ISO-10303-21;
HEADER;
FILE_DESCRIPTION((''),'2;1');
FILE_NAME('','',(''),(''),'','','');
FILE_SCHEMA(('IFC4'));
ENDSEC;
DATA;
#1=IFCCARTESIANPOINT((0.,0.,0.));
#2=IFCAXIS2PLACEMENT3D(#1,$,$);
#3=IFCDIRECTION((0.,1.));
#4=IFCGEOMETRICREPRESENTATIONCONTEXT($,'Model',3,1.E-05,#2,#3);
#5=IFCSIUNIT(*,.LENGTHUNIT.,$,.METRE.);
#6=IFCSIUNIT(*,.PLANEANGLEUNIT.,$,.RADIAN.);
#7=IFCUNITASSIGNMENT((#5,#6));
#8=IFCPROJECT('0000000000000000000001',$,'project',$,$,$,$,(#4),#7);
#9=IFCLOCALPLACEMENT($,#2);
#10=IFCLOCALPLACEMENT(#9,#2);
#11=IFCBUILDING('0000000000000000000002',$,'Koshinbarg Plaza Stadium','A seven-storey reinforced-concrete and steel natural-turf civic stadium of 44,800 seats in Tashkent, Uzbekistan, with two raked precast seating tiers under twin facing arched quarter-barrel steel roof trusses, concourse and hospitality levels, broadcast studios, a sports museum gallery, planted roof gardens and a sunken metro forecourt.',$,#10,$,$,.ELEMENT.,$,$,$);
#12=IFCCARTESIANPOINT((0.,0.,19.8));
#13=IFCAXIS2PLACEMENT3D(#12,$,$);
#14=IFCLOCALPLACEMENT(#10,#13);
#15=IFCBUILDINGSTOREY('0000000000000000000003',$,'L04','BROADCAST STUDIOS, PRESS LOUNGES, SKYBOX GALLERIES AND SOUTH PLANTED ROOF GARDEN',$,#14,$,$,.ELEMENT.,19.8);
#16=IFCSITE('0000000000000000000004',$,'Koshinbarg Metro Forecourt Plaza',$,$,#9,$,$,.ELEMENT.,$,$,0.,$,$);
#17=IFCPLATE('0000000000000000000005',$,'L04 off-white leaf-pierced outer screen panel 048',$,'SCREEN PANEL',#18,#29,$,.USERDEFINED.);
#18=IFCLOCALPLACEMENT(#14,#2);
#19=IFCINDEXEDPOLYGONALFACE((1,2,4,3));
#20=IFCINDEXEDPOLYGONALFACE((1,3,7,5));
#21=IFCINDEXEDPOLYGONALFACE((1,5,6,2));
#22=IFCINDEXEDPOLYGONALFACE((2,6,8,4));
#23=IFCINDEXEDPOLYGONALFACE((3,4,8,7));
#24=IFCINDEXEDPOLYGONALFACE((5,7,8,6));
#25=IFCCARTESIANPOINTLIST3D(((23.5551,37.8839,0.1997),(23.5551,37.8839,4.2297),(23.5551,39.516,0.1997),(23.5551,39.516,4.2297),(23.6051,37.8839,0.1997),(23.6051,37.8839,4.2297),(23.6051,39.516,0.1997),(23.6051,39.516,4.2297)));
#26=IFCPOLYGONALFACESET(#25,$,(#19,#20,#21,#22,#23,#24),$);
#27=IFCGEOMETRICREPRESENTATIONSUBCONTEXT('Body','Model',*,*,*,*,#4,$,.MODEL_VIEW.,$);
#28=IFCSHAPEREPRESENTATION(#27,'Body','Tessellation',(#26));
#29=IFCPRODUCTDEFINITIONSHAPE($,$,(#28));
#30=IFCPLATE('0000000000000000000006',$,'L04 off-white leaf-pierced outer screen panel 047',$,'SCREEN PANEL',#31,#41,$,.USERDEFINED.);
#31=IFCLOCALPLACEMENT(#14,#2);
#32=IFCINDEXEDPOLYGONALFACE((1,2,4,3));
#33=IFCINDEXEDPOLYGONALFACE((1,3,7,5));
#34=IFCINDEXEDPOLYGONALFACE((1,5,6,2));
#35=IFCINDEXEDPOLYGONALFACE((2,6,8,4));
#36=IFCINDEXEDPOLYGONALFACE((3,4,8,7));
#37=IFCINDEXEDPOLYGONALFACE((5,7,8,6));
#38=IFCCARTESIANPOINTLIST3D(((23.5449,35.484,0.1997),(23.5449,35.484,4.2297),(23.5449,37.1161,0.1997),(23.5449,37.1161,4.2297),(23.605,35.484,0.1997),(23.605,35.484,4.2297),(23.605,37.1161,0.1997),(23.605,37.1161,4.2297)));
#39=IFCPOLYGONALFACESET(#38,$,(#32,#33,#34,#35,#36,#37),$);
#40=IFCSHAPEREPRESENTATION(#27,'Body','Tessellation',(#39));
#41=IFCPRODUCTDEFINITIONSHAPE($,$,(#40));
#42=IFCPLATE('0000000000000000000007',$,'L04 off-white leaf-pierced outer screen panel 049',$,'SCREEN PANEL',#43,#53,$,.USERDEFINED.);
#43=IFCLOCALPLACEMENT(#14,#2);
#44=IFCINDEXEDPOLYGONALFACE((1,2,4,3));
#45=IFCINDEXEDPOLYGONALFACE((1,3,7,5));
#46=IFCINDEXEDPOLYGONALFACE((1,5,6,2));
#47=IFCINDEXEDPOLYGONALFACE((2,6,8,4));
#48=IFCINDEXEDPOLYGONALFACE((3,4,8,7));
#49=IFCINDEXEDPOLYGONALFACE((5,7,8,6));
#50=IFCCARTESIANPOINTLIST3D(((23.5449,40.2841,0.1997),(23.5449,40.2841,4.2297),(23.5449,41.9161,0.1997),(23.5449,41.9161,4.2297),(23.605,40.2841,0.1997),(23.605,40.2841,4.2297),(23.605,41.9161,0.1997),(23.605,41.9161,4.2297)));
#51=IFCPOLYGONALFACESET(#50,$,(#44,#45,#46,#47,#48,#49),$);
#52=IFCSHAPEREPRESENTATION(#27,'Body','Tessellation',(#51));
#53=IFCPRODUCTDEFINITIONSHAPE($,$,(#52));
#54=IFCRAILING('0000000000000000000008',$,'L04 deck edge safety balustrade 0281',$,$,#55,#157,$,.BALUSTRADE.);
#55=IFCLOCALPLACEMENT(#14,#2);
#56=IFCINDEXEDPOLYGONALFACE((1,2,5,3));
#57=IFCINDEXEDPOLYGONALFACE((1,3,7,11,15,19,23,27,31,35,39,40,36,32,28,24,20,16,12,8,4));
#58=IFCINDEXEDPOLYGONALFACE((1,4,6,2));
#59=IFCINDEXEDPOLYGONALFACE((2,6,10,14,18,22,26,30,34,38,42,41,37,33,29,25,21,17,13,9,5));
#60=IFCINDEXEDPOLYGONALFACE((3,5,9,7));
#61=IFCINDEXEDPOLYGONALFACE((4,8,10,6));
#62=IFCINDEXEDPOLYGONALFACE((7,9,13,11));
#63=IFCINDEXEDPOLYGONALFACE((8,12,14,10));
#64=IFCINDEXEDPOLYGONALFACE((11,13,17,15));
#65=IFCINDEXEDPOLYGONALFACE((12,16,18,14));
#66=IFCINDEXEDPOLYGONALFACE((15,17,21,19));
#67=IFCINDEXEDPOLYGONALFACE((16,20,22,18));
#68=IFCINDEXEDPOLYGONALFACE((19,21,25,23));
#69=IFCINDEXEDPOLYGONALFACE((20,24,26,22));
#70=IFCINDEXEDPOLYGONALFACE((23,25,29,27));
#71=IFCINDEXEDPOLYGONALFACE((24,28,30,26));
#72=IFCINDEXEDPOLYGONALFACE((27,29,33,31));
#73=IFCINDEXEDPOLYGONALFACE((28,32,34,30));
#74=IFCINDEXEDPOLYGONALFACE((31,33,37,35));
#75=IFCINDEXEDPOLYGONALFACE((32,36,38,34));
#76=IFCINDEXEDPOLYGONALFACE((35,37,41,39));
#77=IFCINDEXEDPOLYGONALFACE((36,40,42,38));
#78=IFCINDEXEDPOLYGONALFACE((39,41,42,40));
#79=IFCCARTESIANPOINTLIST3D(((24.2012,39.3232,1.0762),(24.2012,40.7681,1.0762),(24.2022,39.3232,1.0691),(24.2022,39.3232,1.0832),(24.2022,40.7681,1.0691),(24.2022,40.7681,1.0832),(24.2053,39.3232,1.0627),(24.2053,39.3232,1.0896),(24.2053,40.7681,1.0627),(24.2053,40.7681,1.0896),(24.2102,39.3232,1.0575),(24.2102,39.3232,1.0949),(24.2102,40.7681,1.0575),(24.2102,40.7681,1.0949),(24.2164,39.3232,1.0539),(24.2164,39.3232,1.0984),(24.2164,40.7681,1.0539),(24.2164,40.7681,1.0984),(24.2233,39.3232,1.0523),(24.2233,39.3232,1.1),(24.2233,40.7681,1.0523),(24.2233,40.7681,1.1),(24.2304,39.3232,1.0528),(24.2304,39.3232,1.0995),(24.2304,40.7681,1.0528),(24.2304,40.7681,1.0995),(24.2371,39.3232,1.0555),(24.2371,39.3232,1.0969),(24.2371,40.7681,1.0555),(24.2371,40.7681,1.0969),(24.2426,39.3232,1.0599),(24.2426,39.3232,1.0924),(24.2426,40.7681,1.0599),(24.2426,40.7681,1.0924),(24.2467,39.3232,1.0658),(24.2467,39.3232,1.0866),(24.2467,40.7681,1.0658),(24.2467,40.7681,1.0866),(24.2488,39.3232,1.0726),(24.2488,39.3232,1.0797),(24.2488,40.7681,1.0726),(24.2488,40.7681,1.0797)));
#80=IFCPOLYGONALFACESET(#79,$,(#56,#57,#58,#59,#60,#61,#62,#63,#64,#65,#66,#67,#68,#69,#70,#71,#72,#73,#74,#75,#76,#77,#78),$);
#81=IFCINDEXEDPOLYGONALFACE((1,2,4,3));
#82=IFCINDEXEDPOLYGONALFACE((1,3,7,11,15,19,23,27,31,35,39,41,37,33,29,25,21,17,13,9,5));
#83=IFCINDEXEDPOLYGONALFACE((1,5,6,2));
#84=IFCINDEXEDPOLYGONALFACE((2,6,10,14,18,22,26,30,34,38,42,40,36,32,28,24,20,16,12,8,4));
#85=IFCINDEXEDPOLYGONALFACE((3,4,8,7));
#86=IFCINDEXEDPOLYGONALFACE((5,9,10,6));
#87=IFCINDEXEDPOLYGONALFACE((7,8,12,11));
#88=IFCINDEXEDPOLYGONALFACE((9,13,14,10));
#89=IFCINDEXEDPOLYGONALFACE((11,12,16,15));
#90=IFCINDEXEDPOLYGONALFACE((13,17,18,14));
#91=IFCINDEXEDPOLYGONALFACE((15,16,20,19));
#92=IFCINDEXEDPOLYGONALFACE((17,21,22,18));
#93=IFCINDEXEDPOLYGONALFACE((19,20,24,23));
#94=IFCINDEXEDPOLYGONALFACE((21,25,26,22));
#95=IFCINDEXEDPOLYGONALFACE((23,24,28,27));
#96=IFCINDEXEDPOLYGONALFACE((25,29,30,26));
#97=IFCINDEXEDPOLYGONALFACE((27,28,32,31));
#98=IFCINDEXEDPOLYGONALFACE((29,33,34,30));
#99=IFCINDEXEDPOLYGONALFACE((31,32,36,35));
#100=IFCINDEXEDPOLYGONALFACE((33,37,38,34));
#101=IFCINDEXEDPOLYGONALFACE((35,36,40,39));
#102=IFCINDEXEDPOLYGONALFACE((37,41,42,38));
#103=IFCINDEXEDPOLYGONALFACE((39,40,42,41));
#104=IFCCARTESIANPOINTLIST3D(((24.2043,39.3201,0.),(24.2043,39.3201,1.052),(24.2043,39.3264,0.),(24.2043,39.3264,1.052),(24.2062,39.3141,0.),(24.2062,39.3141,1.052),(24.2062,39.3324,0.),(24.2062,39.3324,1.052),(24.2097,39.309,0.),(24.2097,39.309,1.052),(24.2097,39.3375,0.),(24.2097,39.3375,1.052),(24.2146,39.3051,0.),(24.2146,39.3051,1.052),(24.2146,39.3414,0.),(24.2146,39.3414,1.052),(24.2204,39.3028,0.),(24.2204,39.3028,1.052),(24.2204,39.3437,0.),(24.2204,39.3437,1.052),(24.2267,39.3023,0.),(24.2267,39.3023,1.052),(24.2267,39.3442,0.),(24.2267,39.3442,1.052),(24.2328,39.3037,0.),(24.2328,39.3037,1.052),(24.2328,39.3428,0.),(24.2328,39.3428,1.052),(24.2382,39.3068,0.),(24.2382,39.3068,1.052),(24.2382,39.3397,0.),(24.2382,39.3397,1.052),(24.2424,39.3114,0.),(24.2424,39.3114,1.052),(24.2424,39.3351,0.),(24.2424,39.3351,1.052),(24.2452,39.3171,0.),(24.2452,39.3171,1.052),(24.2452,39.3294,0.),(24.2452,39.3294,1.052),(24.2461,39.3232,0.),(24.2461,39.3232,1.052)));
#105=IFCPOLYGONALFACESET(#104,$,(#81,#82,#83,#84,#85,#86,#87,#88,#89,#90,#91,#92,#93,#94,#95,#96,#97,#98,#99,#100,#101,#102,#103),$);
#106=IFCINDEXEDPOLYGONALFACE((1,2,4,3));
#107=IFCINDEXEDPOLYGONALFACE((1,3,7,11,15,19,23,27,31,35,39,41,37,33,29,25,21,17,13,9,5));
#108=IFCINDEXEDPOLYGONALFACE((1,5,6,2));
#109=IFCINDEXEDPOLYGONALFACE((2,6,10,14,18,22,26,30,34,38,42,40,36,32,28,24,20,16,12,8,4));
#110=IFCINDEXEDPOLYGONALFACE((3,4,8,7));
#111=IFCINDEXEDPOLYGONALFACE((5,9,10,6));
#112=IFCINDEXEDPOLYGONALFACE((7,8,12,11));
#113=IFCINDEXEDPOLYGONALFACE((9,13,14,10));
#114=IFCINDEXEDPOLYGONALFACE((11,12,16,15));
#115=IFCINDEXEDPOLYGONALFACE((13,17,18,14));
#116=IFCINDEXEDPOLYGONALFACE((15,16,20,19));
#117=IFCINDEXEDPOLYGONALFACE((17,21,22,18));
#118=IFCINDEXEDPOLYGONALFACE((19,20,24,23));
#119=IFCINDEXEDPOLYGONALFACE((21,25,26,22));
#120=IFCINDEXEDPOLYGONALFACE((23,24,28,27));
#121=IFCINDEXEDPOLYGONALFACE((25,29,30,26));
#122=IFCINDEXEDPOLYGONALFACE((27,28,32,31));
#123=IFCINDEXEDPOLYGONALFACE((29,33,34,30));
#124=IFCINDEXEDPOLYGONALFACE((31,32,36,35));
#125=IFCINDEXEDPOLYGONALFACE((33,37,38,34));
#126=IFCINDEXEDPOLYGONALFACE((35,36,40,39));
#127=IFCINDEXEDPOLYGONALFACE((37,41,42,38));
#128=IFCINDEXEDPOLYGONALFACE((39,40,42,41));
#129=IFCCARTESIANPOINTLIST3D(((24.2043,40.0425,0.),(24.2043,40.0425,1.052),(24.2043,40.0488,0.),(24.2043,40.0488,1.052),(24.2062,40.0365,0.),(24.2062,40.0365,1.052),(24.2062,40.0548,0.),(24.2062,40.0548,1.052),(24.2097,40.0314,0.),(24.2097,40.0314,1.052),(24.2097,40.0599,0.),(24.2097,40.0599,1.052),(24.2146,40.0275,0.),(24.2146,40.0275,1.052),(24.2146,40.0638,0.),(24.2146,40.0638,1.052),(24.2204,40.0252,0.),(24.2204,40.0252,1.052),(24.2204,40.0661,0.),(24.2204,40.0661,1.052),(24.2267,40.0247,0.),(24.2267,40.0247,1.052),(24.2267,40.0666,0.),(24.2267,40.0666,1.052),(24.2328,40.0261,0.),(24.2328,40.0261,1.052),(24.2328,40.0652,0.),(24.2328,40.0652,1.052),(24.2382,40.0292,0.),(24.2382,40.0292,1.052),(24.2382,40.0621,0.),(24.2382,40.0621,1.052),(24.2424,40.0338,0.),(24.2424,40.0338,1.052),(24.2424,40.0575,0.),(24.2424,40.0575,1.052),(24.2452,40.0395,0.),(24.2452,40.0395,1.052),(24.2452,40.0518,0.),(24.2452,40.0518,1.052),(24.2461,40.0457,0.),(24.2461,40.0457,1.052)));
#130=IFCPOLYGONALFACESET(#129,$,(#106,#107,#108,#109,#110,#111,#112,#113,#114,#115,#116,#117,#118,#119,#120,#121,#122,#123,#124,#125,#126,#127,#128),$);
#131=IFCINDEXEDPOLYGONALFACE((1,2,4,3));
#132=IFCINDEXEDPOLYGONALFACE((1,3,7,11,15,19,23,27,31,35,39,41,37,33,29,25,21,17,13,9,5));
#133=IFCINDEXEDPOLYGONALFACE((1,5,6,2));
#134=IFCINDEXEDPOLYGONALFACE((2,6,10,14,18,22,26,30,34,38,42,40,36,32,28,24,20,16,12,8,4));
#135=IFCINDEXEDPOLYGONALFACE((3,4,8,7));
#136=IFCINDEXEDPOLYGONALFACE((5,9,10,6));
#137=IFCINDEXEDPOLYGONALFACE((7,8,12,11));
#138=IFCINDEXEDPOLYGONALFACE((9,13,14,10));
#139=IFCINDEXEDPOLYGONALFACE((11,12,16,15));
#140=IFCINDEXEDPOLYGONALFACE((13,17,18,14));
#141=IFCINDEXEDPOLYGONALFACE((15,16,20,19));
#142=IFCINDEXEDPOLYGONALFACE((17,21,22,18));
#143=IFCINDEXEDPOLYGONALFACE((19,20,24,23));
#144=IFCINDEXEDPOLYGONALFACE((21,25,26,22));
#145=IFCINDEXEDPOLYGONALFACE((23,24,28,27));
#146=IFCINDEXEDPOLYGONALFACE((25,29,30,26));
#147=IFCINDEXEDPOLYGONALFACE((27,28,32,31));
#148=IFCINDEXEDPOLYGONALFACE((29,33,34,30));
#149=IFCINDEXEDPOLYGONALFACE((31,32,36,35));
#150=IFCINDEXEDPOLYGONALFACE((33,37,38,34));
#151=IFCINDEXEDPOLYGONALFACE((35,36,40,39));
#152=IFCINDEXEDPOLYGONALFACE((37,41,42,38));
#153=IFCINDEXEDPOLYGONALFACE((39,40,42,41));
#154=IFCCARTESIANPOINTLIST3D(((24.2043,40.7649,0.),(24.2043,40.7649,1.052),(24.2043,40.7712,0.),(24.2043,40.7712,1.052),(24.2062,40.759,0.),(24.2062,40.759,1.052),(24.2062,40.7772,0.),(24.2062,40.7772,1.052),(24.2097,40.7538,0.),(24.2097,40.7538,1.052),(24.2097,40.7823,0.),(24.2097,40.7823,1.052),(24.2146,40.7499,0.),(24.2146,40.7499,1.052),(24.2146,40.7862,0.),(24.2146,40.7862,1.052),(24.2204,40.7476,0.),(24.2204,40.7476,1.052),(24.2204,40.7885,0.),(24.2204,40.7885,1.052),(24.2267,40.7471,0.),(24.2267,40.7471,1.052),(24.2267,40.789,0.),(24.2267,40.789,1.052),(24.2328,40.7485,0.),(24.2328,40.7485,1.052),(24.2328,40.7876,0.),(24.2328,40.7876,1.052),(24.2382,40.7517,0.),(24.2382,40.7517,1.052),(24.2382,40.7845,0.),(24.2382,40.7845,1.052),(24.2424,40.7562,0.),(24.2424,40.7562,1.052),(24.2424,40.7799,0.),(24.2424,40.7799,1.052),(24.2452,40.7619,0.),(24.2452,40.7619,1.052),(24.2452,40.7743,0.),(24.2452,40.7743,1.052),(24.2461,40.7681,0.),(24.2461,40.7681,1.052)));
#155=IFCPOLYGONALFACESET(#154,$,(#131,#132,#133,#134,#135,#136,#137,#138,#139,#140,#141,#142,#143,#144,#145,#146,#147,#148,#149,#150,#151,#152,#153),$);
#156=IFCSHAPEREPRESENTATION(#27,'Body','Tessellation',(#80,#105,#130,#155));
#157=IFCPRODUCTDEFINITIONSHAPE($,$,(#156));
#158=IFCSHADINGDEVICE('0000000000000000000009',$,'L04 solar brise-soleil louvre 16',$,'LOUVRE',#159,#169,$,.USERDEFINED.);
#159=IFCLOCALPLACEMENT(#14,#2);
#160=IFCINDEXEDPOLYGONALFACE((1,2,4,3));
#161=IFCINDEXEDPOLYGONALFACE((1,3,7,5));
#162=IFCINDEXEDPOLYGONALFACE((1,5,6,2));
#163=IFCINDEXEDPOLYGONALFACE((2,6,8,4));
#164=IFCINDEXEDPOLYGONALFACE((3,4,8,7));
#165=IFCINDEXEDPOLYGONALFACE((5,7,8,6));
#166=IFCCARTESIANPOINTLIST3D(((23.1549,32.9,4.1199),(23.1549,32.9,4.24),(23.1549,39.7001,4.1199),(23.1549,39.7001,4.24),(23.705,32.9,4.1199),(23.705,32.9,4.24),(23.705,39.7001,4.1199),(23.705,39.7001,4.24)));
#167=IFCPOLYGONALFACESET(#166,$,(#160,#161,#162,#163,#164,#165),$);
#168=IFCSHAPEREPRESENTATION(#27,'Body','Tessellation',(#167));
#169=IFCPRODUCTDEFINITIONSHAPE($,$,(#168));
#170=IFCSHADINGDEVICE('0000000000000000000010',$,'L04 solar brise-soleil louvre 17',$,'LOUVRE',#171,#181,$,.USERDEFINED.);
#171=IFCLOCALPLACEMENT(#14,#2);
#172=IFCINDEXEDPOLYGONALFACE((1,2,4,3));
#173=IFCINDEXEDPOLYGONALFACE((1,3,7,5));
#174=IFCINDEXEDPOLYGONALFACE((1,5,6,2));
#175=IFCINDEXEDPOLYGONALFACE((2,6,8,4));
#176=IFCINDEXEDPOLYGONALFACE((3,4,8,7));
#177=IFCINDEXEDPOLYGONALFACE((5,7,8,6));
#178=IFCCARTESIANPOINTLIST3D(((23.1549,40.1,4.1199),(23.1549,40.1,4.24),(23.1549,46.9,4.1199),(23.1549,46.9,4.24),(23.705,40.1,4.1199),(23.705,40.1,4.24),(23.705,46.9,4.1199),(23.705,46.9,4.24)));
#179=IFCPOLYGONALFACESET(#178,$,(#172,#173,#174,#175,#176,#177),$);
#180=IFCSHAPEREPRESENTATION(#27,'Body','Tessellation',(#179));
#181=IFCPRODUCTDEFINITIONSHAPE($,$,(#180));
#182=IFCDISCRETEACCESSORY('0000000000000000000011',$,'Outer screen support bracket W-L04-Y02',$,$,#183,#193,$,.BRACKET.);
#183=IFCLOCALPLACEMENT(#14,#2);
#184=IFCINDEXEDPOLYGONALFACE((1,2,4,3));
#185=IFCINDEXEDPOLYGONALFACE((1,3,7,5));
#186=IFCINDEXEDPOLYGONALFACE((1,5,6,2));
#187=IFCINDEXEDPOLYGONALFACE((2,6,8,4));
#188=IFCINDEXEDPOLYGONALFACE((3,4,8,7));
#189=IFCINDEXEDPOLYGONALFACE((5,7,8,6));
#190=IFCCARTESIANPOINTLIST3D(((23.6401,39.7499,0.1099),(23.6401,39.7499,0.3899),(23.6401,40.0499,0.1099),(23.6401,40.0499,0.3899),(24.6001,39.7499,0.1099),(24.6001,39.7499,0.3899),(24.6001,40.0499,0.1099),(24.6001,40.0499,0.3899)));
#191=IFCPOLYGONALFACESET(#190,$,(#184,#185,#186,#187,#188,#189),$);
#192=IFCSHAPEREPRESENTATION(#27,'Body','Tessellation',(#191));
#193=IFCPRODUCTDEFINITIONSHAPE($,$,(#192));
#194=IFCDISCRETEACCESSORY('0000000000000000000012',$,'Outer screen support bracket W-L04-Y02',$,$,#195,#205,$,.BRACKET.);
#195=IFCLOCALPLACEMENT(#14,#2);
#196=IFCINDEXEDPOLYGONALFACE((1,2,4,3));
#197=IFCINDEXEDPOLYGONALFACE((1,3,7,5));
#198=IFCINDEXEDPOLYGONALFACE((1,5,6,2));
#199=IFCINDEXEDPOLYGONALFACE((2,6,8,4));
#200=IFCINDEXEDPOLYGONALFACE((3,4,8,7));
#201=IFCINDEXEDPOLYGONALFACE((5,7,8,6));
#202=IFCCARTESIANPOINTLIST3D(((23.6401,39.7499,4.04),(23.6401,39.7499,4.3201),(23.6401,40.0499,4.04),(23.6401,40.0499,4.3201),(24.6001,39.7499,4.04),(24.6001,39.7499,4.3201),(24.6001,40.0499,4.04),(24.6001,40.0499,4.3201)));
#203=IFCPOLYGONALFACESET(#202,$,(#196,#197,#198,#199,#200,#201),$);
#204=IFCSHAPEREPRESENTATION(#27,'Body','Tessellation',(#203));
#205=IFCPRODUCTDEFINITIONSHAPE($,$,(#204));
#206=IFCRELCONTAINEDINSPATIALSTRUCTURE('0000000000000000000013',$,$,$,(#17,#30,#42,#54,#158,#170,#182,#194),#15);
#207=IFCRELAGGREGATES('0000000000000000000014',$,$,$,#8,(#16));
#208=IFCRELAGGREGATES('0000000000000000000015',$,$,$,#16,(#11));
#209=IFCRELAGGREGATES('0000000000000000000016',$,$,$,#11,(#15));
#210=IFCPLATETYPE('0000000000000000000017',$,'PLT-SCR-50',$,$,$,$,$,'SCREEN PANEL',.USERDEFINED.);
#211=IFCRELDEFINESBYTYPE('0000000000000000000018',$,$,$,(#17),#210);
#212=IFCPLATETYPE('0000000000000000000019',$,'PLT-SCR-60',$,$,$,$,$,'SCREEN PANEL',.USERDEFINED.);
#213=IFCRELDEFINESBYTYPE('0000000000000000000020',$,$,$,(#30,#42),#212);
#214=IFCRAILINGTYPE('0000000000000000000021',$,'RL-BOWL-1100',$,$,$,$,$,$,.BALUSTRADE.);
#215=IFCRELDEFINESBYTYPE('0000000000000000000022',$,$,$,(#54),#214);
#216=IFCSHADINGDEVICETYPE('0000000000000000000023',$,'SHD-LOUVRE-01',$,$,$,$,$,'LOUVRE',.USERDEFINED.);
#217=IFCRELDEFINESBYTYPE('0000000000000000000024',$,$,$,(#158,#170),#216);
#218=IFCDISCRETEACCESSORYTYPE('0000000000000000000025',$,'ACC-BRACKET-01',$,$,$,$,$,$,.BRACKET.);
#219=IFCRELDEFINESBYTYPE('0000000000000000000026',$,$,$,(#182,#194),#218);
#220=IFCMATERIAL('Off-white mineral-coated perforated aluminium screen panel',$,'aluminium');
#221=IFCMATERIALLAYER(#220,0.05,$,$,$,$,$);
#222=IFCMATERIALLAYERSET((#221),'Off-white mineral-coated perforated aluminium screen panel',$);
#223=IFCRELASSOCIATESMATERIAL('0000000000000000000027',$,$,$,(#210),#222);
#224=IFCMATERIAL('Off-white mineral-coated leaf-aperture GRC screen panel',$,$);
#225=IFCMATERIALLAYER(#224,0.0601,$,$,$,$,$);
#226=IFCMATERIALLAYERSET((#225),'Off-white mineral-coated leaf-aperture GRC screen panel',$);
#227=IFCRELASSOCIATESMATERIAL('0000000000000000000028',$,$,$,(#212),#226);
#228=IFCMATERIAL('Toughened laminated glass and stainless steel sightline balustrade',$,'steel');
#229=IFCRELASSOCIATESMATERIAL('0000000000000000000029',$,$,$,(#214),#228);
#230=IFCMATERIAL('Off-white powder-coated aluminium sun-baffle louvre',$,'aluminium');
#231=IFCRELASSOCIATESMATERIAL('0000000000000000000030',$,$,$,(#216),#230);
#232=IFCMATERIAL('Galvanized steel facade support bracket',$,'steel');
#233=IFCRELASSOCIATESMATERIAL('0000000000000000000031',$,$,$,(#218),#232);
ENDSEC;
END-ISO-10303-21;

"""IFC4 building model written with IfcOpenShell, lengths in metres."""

from ifc_helpers import new_model, si_unit, direction, frame, origin, origin_2d, place, context, subcontext, project, spatial, rectangle, circle, extrude, material, layer, layer_set, type_object, element, save


model = new_model("IFC4")

# Units and contexts
model_context = context("Model", 3, precision=1e-05, world=origin(), true_north=direction((0.0, 1.0)))
body_context = subcontext(model_context, "Body", "Model", "MODEL_VIEW")
ifc_project = project(units=[si_unit("LENGTHUNIT", "METRE"), si_unit("PLANEANGLEUNIT", "RADIAN")], contexts=[model_context])

# Site, building, storey
site_placement = place(None, origin())
site = spatial("IfcSite", under=ifc_project, at=site_placement, Name="Koshinbarg Metro Forecourt Plaza", CompositionType="ELEMENT", RefElevation=0.0)
building_placement = place(site_placement, origin())
building = spatial("IfcBuilding", under=site, at=building_placement, Name="Koshinbarg Plaza Stadium", Description="A seven-storey reinforced-concrete and steel natural-turf civic stadium of 44,800 seats in Tashkent, Uzbekistan, with two raked precast seating tiers under twin facing arched quarter-barrel steel roof trusses, concourse and hospitality levels, broadcast studios, a sports museum gallery, planted roof gardens and a sunken metro forecourt.", CompositionType="ELEMENT")
storey_placement = place(building_placement, frame((0.0, 0.0, 19.8)))
storey = spatial("IfcBuildingStorey", under=building, at=storey_placement, Name="L04", Description="BROADCAST STUDIOS, PRESS LOUNGES, SKYBOX GALLERIES AND SOUTH PLANTED ROOF GARDEN", CompositionType="ELEMENT", Elevation=19.8)

# Plates
ifc_material_1 = material(Name="Off-white mineral-coated perforated aluminium screen panel", Category="aluminium")
ifc_layer_1 = layer(ifc_material_1, 0.05)
ifc_layer_set_1 = layer_set([ifc_layer_1], Name="Off-white mineral-coated perforated aluminium screen panel")
plate_type_1 = type_object("IfcPlateType", Name="PLT-SCR-50", ElementType="SCREEN PANEL", PredefinedType="USERDEFINED", material=ifc_layer_set_1)
plate_1_placement = place(storey_placement, frame((23.5801, 38.7, 0.1997), z_axis=(0.0, 0.0, 1.0), x_axis=(1.0, 0.0, 0.0)))
element("IfcPlate", 1, at=plate_1_placement, inside=storey, type_object=plate_type_1, Name="L04 off-white leaf-pierced outer screen panel 048", ObjectType="SCREEN PANEL", PredefinedType="USERDEFINED", context=body_context, shape_type="SweptSolid", body=[
    extrude(rectangle(XDim=0.05, YDim=1.6321, at=origin_2d()), origin(), (0.0, 0.0, 1.0), 4.03),
])
ifc_material_2 = material(Name="Off-white mineral-coated leaf-aperture GRC screen panel")
ifc_layer_2 = layer(ifc_material_2, 0.0601)
ifc_layer_set_2 = layer_set([ifc_layer_2], Name="Off-white mineral-coated leaf-aperture GRC screen panel")
plate_type_2 = type_object("IfcPlateType", Name="PLT-SCR-60", ElementType="SCREEN PANEL", PredefinedType="USERDEFINED", material=ifc_layer_set_2)
for number, where, z_axis, x_axis, name in (
    (2, (23.575, 36.3, 0.1997), (0.0, 0.0, 1.0), (1.0, 0.0, 0.0), "L04 off-white leaf-pierced outer screen panel 047"),
    (3, (23.575, 41.1001, 0.1997), (0.0, 0.0, 1.0), (1.0, 0.0, 0.0), "L04 off-white leaf-pierced outer screen panel 049"),
):
    element("IfcPlate", number, at=place(storey_placement, frame(where, z_axis=z_axis, x_axis=x_axis)), inside=storey, type_object=plate_type_2, Name=name, ObjectType="SCREEN PANEL", PredefinedType="USERDEFINED", context=body_context, shape_type="SweptSolid", body=[
        extrude(rectangle(XDim=0.0601, YDim=1.6321, at=origin_2d()), origin(), (0.0, 0.0, 1.0), 4.03),
    ])

# Railing
ifc_material_3 = material(Name="Toughened laminated glass and stainless steel sightline balustrade", Category="steel")
railing_type = type_object("IfcRailingType", Name="RL-BOWL-1100", PredefinedType="BALUSTRADE", material=ifc_material_3)
railing_placement = place(storey_placement, frame((24.2251, 39.3232, 0.0)))
element("IfcRailing", 4, at=railing_placement, inside=storey, type_object=railing_type, Name="L04 deck edge safety balustrade 0281", PredefinedType="BALUSTRADE", context=body_context, shape_type="SweptSolid", body=[
    extrude(circle(Radius=0.0239, at=origin_2d()), frame((0.0, 0.0, 1.0762), z_axis=(0.0, 1.0, 0.0), x_axis=(-1.0, 0.0, 0.0)), (0.0, 0.0, 1.0), 1.4448),
    extrude(circle(Radius=0.021, at=origin_2d()), origin(), (0.0, 0.0, 1.0), 1.052),
    extrude(circle(Radius=0.021, at=origin_2d()), frame((0.0, 0.7224, 0.0)), (0.0, 0.0, 1.0), 1.052),
    extrude(circle(Radius=0.021, at=origin_2d()), frame((0.0, 1.4448, 0.0)), (0.0, 0.0, 1.0), 1.052),
])

# Shading devices
ifc_material_4 = material(Name="Off-white powder-coated aluminium sun-baffle louvre", Category="aluminium")
shading_device_type = type_object("IfcShadingDeviceType", Name="SHD-LOUVRE-01", ElementType="LOUVRE", PredefinedType="USERDEFINED", material=ifc_material_4)
for number, where, z_axis, x_axis, name in (
    (5, (23.4299, 36.3, 4.1199), (0.0, 0.0, 1.0), (1.0, 0.0, 0.0), "L04 solar brise-soleil louvre 16"),
    (6, (23.4299, 43.5, 4.1199), (0.0, 0.0, 1.0), (1.0, 0.0, 0.0), "L04 solar brise-soleil louvre 17"),
):
    element("IfcShadingDevice", number, at=place(storey_placement, frame(where, z_axis=z_axis, x_axis=x_axis)), inside=storey, type_object=shading_device_type, Name=name, ObjectType="LOUVRE", PredefinedType="USERDEFINED", context=body_context, shape_type="SweptSolid", body=[
        extrude(rectangle(XDim=0.55, YDim=6.8, at=origin_2d()), origin(), (0.0, 0.0, 1.0), 0.1201),
    ])

# Discrete accessories
ifc_material_5 = material(Name="Galvanized steel facade support bracket", Category="steel")
discrete_accessory_type = type_object("IfcDiscreteAccessoryType", Name="ACC-BRACKET-01", PredefinedType="BRACKET", material=ifc_material_5)
for number, where, z_axis, x_axis, name in (
    (7, (24.1201, 39.8999, 0.1099), (0.0, 0.0, 1.0), (1.0, 0.0, 0.0), "Outer screen support bracket W-L04-Y02"),
    (8, (24.1201, 39.8999, 4.04), (0.0, 0.0, 1.0), (1.0, 0.0, 0.0), "Outer screen support bracket W-L04-Y02"),
):
    element("IfcDiscreteAccessory", number, at=place(storey_placement, frame(where, z_axis=z_axis, x_axis=x_axis)), inside=storey, type_object=discrete_accessory_type, Name=name, PredefinedType="BRACKET", context=body_context, shape_type="SweptSolid", body=[
        extrude(rectangle(XDim=0.96, YDim=0.3, at=origin_2d()), origin(), (0.0, 0.0, 1.0), 0.28),
    ])

save(model, "model.ifc")
